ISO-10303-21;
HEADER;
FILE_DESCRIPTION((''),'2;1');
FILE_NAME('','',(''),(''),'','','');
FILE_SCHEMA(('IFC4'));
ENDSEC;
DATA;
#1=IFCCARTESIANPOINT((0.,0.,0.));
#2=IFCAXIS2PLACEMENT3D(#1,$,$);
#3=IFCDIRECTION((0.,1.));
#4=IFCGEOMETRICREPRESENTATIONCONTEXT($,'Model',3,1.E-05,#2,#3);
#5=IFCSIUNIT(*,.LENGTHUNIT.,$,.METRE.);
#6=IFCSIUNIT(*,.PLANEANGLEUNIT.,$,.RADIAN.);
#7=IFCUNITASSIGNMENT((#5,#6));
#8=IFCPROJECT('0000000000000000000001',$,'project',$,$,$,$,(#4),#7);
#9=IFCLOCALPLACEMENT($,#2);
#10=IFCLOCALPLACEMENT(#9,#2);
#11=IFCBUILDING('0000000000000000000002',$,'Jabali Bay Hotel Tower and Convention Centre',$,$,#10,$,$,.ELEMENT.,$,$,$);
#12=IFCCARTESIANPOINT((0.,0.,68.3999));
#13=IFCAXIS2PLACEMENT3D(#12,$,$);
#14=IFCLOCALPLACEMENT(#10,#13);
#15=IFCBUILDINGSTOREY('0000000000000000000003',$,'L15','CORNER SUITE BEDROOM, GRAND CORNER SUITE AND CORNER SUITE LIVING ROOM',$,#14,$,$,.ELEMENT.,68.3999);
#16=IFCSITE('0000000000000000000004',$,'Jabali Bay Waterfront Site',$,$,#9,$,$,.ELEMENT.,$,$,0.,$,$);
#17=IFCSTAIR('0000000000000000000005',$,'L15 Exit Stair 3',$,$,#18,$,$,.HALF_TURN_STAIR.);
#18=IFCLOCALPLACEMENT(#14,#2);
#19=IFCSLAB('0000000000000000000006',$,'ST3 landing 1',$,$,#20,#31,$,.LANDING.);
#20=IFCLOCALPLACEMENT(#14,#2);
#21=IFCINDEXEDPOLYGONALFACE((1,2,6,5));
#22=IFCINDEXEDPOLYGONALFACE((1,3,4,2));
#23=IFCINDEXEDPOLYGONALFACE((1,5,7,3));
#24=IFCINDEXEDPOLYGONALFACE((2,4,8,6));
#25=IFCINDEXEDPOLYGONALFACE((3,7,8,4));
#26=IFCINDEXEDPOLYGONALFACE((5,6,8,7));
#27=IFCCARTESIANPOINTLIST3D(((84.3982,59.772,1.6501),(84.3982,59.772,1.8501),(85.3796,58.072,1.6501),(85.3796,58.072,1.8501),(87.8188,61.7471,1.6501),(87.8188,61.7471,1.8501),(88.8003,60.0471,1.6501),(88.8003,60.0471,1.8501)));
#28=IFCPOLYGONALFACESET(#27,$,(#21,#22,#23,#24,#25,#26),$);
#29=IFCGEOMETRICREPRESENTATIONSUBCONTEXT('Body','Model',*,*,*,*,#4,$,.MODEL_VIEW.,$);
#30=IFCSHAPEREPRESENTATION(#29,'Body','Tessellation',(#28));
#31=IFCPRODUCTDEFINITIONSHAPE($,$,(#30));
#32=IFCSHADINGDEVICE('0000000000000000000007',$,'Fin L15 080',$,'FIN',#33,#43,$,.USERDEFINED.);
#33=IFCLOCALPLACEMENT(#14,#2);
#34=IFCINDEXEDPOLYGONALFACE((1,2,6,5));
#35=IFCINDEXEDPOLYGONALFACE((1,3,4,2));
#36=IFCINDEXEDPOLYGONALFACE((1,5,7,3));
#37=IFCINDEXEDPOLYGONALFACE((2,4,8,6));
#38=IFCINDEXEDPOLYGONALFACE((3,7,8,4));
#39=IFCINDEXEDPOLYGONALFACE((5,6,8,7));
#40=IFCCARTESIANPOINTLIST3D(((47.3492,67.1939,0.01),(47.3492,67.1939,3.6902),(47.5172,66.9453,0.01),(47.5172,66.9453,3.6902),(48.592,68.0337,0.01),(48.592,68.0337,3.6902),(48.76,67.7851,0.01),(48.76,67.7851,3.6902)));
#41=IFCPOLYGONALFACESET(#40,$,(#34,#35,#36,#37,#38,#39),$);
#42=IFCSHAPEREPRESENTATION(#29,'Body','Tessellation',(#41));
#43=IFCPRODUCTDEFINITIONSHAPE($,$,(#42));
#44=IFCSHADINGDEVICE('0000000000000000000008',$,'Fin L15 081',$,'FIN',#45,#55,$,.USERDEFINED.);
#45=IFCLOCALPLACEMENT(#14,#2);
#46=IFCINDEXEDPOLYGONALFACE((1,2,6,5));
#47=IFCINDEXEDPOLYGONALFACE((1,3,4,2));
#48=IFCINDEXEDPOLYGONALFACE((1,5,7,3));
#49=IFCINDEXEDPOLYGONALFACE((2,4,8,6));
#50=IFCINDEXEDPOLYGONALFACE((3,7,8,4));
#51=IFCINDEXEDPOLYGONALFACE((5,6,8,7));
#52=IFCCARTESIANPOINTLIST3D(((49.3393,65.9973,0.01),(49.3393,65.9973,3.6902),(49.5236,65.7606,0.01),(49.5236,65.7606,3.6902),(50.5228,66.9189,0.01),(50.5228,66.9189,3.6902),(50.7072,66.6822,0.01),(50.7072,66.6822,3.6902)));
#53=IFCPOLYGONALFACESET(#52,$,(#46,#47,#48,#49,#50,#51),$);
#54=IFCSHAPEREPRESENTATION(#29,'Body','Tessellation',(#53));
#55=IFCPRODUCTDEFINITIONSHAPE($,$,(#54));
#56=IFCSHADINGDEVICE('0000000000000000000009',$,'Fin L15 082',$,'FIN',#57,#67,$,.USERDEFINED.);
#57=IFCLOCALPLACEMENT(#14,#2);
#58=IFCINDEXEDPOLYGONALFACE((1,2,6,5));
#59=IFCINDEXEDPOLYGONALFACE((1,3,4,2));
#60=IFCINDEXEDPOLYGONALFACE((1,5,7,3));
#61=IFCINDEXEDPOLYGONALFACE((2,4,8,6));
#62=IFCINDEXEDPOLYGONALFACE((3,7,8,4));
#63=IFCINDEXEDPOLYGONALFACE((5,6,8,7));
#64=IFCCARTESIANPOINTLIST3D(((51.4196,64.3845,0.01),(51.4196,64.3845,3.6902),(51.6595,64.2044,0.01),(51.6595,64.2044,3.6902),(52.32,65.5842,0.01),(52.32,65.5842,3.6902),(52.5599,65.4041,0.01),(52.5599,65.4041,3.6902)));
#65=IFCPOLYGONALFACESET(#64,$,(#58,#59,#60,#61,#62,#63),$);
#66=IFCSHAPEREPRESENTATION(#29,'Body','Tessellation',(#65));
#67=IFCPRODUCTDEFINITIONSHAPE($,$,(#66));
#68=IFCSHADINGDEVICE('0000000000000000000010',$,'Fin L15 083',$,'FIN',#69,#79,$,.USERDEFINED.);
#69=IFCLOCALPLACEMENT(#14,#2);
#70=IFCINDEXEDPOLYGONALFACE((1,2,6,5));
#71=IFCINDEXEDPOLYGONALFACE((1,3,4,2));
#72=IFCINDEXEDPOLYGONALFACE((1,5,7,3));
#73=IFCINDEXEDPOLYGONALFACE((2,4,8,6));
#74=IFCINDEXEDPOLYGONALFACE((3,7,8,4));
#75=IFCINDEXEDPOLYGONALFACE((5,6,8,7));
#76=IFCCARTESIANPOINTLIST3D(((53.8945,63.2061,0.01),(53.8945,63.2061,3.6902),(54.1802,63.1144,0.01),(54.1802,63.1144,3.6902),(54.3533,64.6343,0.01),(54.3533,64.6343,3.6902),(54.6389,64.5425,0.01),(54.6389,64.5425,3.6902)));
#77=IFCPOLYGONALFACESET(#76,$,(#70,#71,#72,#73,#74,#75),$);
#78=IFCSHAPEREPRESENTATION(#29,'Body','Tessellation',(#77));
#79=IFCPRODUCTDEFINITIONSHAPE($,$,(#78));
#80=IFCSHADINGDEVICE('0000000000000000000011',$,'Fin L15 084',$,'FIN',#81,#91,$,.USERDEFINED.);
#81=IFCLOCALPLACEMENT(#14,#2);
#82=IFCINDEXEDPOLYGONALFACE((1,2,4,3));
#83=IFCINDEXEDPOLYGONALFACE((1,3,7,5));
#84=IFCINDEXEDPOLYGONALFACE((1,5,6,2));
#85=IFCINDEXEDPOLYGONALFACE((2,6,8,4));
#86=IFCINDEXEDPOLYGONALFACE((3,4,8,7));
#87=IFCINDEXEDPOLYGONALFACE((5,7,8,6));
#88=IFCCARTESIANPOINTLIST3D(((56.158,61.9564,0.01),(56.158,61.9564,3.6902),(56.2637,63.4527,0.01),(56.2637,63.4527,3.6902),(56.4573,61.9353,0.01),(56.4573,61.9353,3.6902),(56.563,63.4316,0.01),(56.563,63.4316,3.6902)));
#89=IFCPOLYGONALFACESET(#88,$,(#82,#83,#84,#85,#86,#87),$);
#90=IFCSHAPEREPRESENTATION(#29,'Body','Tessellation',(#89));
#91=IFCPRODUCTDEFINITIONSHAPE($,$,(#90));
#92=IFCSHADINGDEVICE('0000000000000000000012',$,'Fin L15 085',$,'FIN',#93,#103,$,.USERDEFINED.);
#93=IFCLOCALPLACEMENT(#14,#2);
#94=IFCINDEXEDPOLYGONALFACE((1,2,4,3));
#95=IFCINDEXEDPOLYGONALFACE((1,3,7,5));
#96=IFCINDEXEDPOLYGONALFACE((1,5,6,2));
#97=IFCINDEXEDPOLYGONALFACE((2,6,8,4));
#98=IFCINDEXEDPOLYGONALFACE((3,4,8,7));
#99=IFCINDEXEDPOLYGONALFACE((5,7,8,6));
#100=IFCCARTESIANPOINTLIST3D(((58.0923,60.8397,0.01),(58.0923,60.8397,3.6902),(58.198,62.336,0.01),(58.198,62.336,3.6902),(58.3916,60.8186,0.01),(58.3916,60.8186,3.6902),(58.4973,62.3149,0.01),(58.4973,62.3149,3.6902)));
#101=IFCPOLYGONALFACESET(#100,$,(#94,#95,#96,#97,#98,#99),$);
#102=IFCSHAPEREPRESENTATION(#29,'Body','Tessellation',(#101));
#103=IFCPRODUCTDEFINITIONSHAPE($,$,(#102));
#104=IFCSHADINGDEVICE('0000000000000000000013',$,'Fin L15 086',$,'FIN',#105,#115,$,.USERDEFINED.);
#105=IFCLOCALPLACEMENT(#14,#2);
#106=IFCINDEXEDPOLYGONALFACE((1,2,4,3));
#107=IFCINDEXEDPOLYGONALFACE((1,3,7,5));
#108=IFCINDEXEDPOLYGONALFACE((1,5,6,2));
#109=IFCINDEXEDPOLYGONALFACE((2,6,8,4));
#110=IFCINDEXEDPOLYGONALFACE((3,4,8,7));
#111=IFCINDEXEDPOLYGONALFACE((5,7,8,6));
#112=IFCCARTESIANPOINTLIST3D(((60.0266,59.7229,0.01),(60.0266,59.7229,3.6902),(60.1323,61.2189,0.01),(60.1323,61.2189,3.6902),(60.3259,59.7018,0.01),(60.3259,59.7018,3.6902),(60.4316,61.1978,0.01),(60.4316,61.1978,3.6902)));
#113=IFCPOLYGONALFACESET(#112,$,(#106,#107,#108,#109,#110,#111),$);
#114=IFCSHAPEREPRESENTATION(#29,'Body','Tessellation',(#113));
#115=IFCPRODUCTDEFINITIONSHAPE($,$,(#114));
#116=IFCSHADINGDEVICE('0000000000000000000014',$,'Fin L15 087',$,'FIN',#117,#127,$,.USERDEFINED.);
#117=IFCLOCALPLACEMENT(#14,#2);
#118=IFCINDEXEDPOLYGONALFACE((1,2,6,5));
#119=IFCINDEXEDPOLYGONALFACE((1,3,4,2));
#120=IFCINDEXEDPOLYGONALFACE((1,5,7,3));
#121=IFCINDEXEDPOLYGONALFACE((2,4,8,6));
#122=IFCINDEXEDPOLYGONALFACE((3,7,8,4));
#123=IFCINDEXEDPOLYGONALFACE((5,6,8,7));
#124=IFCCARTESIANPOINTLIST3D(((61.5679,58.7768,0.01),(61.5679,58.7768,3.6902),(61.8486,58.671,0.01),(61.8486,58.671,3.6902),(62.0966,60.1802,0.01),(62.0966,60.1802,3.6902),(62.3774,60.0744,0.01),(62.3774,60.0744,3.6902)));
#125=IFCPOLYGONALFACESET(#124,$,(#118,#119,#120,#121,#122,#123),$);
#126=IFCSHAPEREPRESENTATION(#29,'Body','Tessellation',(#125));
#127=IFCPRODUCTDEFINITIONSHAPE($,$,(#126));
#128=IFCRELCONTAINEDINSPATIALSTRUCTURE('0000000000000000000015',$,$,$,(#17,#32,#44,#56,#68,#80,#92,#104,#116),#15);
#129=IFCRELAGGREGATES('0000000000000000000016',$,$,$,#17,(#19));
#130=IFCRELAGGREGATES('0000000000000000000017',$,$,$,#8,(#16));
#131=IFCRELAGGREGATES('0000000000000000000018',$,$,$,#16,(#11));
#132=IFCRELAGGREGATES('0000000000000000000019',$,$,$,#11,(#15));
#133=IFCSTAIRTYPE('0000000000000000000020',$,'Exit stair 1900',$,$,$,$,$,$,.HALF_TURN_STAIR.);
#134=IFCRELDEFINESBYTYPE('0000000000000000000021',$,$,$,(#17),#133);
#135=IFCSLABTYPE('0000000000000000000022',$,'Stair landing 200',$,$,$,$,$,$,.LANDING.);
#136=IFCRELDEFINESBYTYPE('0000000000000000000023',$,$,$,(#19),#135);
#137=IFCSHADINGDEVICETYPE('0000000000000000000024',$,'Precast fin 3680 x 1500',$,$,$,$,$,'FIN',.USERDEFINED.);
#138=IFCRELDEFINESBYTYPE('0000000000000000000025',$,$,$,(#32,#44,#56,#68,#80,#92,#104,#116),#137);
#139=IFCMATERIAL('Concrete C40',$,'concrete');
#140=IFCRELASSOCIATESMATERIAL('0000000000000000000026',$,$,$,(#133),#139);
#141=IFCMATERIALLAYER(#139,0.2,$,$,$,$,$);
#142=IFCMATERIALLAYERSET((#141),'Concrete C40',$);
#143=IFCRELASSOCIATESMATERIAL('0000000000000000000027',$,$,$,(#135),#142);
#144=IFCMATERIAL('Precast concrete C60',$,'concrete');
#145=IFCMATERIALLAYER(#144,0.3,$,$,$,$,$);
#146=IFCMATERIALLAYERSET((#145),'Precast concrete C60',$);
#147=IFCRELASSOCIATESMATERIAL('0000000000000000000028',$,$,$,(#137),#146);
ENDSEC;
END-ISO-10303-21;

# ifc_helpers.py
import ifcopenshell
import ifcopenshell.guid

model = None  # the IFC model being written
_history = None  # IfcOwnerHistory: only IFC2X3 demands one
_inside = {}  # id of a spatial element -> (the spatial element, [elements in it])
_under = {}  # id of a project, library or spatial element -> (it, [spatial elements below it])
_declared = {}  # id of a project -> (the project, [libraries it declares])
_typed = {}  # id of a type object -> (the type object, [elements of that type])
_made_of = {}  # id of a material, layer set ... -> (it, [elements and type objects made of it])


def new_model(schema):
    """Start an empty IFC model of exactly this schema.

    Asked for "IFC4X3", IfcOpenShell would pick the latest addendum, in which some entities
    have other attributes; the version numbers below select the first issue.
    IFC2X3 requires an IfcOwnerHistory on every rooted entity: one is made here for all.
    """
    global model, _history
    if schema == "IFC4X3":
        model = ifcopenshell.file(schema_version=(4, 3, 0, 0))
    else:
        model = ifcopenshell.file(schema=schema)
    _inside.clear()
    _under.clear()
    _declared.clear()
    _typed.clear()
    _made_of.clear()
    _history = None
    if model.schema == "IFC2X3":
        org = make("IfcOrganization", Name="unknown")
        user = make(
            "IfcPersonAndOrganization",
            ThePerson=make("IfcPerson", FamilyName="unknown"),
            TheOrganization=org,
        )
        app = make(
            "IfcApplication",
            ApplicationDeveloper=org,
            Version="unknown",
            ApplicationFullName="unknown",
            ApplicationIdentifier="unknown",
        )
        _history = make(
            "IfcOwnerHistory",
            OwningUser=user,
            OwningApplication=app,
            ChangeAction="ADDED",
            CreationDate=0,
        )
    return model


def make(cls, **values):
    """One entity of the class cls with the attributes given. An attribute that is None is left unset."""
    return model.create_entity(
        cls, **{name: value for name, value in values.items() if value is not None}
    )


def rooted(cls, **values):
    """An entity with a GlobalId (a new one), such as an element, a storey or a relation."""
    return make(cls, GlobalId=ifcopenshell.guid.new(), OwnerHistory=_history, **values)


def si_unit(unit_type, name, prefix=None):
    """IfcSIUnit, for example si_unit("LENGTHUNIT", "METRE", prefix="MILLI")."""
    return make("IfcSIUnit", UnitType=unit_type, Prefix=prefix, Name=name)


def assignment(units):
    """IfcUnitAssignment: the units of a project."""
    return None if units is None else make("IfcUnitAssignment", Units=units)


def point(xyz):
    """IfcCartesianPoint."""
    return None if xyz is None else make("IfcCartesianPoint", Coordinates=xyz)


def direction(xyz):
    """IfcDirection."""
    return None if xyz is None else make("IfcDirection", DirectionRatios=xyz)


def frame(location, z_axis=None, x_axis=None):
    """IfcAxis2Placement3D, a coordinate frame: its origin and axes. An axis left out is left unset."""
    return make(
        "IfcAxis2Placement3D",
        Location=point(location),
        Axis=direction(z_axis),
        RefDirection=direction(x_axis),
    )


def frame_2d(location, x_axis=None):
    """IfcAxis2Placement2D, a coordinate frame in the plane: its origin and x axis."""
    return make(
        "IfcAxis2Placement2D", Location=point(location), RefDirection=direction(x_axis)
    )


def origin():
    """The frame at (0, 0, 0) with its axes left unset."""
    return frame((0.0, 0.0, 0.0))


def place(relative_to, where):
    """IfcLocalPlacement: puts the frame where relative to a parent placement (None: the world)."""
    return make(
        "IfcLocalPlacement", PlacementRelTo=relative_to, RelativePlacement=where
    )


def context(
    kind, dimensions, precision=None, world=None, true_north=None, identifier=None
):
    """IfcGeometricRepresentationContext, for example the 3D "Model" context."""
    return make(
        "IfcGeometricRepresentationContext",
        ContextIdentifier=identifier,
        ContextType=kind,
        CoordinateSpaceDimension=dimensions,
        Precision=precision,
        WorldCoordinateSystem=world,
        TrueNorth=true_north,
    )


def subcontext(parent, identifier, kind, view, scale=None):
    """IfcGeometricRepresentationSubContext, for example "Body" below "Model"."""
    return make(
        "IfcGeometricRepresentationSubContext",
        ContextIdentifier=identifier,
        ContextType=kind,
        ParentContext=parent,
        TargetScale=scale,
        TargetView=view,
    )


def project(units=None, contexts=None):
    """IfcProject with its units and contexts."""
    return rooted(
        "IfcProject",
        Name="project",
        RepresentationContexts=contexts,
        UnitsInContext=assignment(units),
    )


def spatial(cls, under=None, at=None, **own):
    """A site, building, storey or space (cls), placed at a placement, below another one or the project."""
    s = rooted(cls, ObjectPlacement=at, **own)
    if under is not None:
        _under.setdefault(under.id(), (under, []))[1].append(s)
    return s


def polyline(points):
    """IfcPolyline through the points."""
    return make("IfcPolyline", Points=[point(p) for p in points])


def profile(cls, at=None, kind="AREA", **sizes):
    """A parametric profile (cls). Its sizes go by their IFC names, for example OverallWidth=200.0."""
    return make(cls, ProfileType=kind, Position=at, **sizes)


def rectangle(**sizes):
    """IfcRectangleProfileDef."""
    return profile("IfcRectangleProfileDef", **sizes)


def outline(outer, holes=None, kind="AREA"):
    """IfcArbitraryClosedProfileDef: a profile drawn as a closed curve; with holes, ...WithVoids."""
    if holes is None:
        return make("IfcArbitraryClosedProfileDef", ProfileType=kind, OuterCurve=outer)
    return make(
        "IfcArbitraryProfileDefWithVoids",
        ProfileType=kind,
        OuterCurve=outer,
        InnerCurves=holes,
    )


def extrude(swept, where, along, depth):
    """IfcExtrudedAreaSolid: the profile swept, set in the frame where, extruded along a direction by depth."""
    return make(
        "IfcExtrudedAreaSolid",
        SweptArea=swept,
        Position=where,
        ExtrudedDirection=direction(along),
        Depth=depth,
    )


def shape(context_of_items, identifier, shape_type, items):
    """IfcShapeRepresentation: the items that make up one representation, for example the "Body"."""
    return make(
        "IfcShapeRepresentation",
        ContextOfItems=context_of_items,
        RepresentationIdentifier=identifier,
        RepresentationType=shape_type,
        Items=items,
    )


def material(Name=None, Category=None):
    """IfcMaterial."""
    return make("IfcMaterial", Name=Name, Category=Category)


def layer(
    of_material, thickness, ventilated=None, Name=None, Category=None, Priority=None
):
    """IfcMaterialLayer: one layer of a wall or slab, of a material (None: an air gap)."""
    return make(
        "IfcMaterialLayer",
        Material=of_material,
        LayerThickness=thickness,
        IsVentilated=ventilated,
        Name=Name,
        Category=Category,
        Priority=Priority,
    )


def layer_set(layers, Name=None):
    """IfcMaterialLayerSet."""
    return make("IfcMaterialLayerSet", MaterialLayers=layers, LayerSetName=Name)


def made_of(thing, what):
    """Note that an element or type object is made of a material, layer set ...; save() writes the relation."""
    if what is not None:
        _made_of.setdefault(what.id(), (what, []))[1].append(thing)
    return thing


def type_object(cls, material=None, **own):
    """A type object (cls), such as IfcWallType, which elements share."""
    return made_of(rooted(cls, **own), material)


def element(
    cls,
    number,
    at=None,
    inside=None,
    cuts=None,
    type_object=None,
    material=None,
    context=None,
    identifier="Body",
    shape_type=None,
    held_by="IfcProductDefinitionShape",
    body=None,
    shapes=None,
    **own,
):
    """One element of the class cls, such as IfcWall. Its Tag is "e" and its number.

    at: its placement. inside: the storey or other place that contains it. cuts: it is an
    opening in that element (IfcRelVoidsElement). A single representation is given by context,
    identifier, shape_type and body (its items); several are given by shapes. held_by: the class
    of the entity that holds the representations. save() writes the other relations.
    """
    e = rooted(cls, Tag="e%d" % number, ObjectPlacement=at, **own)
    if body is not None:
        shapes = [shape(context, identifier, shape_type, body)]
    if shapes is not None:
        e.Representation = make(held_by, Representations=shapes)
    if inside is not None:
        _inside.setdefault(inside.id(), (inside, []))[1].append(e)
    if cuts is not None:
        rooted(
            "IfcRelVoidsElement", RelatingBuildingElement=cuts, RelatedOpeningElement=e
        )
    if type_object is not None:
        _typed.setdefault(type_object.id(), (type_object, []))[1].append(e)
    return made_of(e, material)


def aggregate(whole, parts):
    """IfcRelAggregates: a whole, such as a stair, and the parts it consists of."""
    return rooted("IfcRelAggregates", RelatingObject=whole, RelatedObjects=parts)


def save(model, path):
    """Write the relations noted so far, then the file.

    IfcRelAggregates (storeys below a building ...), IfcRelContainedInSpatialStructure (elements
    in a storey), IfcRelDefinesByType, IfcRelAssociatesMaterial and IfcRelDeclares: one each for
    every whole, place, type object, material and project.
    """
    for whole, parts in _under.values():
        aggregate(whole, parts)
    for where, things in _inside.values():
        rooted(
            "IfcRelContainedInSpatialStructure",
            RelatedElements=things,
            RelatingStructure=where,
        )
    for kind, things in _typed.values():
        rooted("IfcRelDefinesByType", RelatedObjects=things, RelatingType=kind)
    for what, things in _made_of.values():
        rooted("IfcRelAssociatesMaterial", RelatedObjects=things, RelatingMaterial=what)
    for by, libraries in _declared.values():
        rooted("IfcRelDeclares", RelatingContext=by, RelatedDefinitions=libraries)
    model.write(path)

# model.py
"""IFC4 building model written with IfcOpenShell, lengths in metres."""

from ifc_helpers import new_model, si_unit, direction, frame, frame_2d, origin, place, context, subcontext, project, spatial, polyline, rectangle, outline, extrude, material, layer, layer_set, type_object, element, aggregate, save


model = new_model("IFC4")

# Units and contexts
model_context = context("Model", 3, precision=1e-05, world=origin(), true_north=direction((0.0, 1.0)))
body_context = subcontext(model_context, "Body", "Model", "MODEL_VIEW")
ifc_project = project(units=[si_unit("LENGTHUNIT", "METRE"), si_unit("PLANEANGLEUNIT", "RADIAN")], contexts=[model_context])

# Site, building, storey
site_placement = place(None, origin())
site = spatial("IfcSite", under=ifc_project, at=site_placement, Name="Jabali Bay Waterfront Site", CompositionType="ELEMENT", RefElevation=0.0)
building_placement = place(site_placement, origin())
building = spatial("IfcBuilding", under=site, at=building_placement, Name="Jabali Bay Hotel Tower and Convention Centre", CompositionType="ELEMENT")
storey_placement = place(building_placement, frame((0.0, 0.0, 68.3999)))
storey = spatial("IfcBuildingStorey", under=building, at=storey_placement, Name="L15", Description="CORNER SUITE BEDROOM, GRAND CORNER SUITE AND CORNER SUITE LIVING ROOM", CompositionType="ELEMENT", Elevation=68.3999)

# Shared definitions
ifc_material_1 = material(Name="Concrete C40", Category="concrete")

# Stair, slab
stair_type = type_object("IfcStairType", Name="Exit stair 1900", PredefinedType="HALF_TURN_STAIR", material=ifc_material_1)
ifc_layer_1 = layer(ifc_material_1, 0.2)
ifc_layer_set_1 = layer_set([ifc_layer_1], Name="Concrete C40")
slab_type_1 = type_object("IfcSlabType", Name="Stair landing 200", PredefinedType="LANDING", material=ifc_layer_set_1)
stair_1_placement = place(storey_placement, origin())
stair_1 = element("IfcStair", 1, at=stair_1_placement, inside=storey, type_object=stair_type, Name="L15 Exit Stair 3", PredefinedType="HALF_TURN_STAIR")
slab_1_placement = place(storey_placement, frame((0.0, 0.0, 1.6501)))
slab_1 = element("IfcSlab", 2, at=slab_1_placement, type_object=slab_type_1, Name="ST3 landing 1", PredefinedType="LANDING", context=body_context, shape_type="SweptSolid", body=[
    extrude(outline(polyline([(84.3982, 59.772), (85.3796, 58.072), (88.8003, 60.0471), (87.8188, 61.7471), (84.3982, 59.772)])), origin(), (0.0, 0.0, 1.0), 0.2),
])
aggregate(stair_1, [slab_1])

# Shading devices
ifc_material_2 = material(Name="Precast concrete C60", Category="concrete")
ifc_layer_2 = layer(ifc_material_2, 0.3)
ifc_layer_set_2 = layer_set([ifc_layer_2], Name="Precast concrete C60")
shading_device_type = type_object("IfcShadingDeviceType", Name="Precast fin 3680 x 1500", ElementType="FIN", PredefinedType="USERDEFINED", material=ifc_layer_set_2)
for number, where, z_axis, x_axis, name in (
    (3, (48.676, 67.9094, 0.01), (0.0, 0.0, 1.0), (-0.828579, -0.559873, 0.0), "Fin L15 080"),
    (4, (50.615, 66.8005, 0.01), (0.0, 0.0, 1.0), (-0.78901, -0.61438, 0.0), "Fin L15 081"),
    (5, (52.4399, 65.4941, 0.01), (0.0, 0.0, 1.0), (-0.60026, -0.799805, 0.0), "Fin L15 082"),
    (6, (54.4961, 64.5884, 0.01), (0.0, 0.0, 1.0), (-0.305809, -0.952093, 0.0), "Fin L15 083"),
    (7, (56.4133, 63.4421, 0.01), (0.0, 0.0, 1.0), (-0.070472, -0.997514, 0.0), "Fin L15 084"),
    (8, (58.3477, 62.3254, 0.01), (0.0, 0.0, 1.0), (-0.070472, -0.997514, 0.0), "Fin L15 085"),
):
    element("IfcShadingDevice", number, at=place(storey_placement, frame(where, z_axis=z_axis, x_axis=x_axis)), inside=storey, type_object=shading_device_type, Name=name, ObjectType="FIN", PredefinedType="USERDEFINED", context=body_context, shape_type="SweptSolid", body=[
        extrude(rectangle(XDim=1.5, YDim=0.3, at=frame_2d((0.75, 0.0))), origin(), (0.0, 0.0, 1.0), 3.6802),
    ])
for number, where, z_axis, x_axis, name in (
    (9, (60.282, 61.2085, 0.01), (0.0, 0.0, 1.0), (-0.070484, -0.997513, 0.0), "Fin L15 086"),
    (10, (62.2371, 60.1274, 0.01), (0.0, 0.0, 1.0), (-0.352568, -0.935786, 0.0), "Fin L15 087"),
):
    element("IfcShadingDevice", number, at=place(storey_placement, frame(where, z_axis=z_axis, x_axis=x_axis)), inside=storey, type_object=shading_device_type, Name=name, ObjectType="FIN", PredefinedType="USERDEFINED", context=body_context, shape_type="SweptSolid", body=[
        extrude(rectangle(XDim=1.4998, YDim=0.3, at=frame_2d((0.75, 0.0))), origin(), (0.0, 0.0, 1.0), 3.6802),
    ])

save(model, "model.ifc")
